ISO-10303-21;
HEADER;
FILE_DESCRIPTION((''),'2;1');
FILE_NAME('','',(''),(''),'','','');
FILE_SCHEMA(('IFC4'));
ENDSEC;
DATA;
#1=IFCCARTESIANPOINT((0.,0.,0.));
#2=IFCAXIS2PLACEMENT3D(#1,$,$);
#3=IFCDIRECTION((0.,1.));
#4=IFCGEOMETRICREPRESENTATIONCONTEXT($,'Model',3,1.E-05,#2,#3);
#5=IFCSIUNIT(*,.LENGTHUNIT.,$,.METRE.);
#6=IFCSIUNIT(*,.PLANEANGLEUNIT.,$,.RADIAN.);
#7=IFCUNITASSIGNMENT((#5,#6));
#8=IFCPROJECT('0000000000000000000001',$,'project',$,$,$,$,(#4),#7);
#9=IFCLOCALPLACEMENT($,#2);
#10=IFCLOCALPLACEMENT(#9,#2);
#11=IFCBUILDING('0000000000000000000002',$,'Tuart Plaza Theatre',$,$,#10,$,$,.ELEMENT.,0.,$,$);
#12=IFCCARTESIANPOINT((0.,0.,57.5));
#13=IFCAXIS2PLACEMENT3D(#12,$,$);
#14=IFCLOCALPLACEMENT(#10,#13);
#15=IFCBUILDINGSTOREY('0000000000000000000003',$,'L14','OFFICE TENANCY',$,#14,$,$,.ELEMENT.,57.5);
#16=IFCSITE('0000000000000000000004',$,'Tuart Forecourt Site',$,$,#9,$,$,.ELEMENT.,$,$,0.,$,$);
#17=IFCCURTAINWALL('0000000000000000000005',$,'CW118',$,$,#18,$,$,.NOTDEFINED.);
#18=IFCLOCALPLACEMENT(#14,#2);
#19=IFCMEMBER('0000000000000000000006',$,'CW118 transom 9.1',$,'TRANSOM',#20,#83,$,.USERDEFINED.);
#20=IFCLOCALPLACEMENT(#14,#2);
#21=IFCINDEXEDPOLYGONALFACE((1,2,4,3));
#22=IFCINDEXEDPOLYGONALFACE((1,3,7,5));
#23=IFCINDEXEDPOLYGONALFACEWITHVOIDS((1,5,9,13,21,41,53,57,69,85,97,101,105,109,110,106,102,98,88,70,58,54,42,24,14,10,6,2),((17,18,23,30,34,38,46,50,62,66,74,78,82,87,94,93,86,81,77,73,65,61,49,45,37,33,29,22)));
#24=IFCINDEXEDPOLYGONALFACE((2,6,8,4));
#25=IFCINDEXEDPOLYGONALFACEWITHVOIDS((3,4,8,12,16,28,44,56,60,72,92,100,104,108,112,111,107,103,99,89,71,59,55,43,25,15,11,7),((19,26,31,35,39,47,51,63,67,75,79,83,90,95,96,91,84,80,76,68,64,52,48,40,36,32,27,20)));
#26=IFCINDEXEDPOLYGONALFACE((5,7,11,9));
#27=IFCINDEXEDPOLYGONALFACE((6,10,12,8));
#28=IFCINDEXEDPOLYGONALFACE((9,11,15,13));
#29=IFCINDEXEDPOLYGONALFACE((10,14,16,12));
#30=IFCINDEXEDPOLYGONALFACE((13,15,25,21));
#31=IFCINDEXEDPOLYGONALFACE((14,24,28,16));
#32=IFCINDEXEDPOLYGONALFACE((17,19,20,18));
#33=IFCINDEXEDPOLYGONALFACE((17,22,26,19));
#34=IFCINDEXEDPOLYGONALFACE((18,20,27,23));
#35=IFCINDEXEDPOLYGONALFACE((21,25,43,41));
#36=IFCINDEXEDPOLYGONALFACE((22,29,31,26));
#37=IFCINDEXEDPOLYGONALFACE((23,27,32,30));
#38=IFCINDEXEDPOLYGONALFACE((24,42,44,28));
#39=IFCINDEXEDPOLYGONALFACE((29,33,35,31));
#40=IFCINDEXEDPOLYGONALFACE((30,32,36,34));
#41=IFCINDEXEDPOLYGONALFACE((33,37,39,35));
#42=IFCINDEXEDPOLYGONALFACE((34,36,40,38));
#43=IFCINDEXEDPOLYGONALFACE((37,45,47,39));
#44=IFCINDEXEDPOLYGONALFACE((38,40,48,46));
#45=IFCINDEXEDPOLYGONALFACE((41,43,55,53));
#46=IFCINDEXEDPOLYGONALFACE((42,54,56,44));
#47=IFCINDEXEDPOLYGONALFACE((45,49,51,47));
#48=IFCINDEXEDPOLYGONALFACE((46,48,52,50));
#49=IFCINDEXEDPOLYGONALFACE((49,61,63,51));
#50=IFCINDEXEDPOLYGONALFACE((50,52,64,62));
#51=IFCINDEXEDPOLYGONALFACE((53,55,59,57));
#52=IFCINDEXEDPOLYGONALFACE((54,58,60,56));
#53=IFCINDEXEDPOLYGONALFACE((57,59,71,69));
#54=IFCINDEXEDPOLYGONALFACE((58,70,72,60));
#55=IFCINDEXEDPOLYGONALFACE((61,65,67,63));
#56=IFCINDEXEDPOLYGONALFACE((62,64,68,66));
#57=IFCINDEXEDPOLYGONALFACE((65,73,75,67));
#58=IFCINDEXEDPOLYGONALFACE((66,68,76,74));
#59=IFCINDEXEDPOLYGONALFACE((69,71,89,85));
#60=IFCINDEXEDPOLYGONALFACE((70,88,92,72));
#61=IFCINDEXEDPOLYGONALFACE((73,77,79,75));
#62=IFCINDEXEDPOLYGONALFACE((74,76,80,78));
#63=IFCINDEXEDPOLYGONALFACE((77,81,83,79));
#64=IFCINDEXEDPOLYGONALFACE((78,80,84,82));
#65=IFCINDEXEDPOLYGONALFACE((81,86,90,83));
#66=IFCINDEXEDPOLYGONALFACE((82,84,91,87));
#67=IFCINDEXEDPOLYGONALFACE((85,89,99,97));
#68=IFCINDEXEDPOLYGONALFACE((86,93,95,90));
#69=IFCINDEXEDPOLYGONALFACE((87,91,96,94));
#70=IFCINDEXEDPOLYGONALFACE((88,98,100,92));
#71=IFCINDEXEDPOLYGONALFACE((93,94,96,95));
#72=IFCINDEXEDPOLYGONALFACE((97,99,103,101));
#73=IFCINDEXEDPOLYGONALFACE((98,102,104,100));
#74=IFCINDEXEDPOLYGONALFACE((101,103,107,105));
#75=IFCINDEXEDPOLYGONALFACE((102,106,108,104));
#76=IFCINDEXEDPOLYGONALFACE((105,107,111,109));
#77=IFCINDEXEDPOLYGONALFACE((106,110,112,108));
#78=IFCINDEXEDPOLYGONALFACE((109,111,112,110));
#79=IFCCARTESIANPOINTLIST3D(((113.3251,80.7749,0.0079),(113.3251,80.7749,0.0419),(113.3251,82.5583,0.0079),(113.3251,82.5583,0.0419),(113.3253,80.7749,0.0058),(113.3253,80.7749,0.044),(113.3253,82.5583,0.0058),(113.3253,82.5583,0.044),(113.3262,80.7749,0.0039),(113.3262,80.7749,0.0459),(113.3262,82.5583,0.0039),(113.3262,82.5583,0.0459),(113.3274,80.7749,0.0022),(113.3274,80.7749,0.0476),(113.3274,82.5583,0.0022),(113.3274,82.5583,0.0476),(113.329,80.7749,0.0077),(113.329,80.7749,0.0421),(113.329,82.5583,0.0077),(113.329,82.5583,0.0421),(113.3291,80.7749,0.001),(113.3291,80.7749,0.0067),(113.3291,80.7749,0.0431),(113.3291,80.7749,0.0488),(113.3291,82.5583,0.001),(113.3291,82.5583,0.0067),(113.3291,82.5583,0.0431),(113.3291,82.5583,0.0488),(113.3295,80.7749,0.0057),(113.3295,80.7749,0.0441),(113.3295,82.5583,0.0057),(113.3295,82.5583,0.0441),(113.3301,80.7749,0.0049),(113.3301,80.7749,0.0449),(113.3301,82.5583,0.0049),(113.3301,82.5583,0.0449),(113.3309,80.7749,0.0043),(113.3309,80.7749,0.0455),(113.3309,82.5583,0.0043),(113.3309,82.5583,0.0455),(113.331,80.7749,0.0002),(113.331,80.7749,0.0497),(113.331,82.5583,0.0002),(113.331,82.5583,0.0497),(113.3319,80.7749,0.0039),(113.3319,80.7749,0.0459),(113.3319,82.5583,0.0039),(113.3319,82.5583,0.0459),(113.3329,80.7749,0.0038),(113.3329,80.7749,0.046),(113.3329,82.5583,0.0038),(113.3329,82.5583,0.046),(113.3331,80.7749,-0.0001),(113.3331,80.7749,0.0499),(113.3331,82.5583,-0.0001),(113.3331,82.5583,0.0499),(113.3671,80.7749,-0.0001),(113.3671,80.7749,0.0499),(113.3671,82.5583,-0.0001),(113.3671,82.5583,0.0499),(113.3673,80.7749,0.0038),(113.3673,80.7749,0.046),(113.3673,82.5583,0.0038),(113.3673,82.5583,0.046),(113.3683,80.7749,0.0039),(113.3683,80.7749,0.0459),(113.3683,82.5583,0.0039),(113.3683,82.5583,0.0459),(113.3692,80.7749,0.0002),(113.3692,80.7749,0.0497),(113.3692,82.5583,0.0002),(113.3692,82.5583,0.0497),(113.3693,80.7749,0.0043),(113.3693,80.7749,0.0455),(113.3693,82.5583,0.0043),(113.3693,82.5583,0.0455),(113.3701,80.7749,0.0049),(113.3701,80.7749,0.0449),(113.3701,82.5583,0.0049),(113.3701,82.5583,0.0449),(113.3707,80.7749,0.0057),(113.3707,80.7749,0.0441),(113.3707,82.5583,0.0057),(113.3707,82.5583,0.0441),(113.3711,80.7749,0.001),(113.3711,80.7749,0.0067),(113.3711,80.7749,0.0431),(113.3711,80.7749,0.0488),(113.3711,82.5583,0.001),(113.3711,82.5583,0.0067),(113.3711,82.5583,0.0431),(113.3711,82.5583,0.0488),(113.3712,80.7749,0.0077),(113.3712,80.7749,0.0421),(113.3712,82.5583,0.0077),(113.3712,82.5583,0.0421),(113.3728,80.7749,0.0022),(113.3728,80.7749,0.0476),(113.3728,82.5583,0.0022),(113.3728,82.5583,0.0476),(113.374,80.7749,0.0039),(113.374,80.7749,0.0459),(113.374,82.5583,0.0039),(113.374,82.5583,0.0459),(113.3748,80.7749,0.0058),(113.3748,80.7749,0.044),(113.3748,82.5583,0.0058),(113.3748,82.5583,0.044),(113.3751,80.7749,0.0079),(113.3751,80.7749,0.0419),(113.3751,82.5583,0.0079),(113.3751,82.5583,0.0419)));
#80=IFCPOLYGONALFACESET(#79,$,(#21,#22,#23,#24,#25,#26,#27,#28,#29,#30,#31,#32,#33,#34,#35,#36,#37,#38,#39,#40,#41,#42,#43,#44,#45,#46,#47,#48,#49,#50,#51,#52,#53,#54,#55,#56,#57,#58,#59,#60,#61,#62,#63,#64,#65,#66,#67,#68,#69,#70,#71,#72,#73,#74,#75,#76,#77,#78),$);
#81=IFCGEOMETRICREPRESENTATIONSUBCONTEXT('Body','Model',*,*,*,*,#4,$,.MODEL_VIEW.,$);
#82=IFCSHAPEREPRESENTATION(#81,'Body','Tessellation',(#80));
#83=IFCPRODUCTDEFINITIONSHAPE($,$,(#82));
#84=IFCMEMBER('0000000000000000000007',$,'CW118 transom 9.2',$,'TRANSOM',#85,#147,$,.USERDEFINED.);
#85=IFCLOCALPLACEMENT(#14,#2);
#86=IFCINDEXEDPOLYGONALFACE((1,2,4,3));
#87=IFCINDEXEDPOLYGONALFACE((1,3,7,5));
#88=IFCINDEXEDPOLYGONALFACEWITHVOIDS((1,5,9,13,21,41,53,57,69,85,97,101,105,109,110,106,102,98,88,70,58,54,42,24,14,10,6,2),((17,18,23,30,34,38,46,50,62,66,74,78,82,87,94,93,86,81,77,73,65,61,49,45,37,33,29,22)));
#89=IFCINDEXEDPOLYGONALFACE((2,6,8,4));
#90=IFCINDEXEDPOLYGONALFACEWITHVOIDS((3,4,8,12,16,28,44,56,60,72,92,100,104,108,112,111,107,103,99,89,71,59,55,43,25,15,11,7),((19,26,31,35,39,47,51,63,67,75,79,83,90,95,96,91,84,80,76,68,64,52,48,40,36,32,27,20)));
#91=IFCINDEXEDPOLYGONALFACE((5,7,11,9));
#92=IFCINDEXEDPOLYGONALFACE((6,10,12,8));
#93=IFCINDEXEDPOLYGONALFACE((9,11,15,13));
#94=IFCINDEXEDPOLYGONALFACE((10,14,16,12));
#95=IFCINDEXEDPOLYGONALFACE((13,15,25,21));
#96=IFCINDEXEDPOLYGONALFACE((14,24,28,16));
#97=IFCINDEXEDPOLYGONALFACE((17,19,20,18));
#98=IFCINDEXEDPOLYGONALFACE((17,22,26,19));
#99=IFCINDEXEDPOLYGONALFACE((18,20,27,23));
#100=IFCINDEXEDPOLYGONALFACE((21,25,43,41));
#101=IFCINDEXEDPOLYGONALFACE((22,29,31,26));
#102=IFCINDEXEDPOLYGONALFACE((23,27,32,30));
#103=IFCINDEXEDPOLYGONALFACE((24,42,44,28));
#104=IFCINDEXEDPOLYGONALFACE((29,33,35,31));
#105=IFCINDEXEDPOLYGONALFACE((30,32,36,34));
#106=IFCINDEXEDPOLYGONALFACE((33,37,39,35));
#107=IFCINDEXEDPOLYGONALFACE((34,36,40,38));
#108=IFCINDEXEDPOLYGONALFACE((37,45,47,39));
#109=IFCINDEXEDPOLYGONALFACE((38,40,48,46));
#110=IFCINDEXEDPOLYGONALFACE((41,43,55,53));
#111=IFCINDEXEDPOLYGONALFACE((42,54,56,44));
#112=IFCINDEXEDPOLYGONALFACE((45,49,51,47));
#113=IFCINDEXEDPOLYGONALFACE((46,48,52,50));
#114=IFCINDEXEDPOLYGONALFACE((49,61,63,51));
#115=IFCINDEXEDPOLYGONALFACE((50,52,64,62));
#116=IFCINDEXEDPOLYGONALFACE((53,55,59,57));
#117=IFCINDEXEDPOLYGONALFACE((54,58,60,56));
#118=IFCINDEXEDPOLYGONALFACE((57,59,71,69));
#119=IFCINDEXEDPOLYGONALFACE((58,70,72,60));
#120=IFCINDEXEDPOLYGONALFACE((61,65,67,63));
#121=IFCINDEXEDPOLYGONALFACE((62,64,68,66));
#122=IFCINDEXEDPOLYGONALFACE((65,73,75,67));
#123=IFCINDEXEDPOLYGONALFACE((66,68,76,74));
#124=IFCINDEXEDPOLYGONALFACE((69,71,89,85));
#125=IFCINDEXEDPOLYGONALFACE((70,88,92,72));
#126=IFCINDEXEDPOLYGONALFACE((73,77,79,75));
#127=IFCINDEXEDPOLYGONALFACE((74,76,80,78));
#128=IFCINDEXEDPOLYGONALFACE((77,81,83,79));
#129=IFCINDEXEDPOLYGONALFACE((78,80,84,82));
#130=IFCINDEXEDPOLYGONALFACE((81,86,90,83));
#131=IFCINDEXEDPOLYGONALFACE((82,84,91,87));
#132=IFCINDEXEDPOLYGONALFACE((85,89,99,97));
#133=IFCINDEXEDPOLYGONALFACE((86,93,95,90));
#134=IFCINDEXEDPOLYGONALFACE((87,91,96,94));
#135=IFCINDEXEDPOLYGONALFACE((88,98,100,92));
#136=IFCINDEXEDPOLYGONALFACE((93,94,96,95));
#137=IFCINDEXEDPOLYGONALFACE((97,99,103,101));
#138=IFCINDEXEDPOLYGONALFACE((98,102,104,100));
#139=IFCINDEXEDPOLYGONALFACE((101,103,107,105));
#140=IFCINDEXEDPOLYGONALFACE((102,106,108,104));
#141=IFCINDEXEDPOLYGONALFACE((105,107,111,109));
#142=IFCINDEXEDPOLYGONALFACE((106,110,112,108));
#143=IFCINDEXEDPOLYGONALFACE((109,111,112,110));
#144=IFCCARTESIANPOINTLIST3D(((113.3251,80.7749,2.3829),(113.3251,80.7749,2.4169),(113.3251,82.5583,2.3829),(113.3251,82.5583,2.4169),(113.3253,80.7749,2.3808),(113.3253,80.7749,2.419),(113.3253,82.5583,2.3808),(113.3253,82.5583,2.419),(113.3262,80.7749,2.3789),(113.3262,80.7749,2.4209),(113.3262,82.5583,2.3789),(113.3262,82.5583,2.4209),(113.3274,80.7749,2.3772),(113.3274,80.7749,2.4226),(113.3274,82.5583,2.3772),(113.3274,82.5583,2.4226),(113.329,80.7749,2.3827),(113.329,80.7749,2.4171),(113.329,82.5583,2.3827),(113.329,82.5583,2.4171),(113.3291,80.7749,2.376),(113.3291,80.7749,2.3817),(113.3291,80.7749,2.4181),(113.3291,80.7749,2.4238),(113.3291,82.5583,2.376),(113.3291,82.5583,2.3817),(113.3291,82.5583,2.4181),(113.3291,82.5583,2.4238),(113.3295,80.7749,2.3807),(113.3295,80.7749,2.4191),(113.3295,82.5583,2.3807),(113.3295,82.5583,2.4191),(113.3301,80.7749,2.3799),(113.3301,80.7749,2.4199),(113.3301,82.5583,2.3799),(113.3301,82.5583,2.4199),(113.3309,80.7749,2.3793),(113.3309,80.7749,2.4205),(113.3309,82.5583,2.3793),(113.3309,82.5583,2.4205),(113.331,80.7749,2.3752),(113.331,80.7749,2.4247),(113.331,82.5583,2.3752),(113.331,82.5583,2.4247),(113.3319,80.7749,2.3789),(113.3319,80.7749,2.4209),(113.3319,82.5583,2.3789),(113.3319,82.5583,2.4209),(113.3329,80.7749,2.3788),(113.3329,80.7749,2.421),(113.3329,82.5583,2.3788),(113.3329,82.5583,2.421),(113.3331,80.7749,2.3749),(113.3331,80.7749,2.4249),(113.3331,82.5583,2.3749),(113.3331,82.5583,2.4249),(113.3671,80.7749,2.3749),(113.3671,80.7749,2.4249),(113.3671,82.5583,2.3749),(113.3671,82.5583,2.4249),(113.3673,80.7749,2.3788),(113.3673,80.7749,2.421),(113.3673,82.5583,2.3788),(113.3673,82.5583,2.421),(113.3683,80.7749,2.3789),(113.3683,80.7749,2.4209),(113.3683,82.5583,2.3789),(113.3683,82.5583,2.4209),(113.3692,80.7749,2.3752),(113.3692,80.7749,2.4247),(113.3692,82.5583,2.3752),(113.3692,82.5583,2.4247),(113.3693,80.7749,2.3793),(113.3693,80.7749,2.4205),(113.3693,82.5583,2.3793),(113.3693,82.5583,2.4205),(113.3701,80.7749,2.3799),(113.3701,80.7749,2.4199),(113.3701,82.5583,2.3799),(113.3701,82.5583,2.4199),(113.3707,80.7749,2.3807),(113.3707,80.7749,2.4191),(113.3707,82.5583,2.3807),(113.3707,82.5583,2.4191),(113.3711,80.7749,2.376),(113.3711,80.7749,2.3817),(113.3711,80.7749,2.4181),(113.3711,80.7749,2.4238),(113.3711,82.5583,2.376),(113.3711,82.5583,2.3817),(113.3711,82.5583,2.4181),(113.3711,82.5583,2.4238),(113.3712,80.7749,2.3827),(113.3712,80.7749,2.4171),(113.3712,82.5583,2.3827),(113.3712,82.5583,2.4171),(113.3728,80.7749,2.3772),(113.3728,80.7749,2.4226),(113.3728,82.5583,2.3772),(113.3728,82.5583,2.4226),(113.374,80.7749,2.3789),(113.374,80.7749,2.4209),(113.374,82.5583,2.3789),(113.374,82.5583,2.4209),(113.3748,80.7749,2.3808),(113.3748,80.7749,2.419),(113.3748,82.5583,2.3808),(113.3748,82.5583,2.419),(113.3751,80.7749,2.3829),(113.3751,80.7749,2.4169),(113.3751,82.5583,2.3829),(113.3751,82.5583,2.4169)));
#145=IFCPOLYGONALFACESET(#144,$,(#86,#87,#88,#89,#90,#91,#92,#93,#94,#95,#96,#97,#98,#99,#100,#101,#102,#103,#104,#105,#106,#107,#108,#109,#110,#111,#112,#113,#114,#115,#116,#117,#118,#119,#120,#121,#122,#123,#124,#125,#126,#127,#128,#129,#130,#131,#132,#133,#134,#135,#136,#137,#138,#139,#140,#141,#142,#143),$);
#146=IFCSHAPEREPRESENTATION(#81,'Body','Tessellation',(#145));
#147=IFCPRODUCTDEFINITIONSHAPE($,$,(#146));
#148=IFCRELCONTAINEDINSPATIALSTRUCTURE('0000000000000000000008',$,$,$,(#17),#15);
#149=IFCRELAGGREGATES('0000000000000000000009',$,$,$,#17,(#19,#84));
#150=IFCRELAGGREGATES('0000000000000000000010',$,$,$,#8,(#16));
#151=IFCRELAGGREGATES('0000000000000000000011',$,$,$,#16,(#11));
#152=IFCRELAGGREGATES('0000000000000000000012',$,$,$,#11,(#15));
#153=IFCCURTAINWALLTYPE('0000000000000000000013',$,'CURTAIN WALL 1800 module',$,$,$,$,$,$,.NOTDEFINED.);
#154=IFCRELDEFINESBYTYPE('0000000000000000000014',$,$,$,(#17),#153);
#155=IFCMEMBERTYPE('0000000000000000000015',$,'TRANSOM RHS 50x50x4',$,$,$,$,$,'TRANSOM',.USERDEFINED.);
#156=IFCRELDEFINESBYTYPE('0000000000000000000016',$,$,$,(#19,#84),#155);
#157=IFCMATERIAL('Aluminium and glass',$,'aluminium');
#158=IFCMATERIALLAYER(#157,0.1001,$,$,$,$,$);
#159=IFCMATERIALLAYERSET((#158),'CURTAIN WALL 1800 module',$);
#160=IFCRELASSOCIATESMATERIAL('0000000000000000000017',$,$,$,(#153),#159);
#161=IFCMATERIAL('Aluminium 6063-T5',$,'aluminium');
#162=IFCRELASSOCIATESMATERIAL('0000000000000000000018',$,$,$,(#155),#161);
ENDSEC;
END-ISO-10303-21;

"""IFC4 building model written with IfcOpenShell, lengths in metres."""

from ifc_helpers import new_model, si_unit, direction, frame, origin, origin_2d, place, context, subcontext, project, spatial, hollow_rectangle, extrude, material, layer, layer_set, material_profile, profile_set, type_object, element, aggregate, save


model = new_model("IFC4")

# Units and contexts
model_context = context("Model", 3, precision=1e-05, world=origin(), true_north=direction((0.0, 1.0)))
body_context = subcontext(model_context, "Body", "Model", "MODEL_VIEW")
ifc_project = project(units=[si_unit("LENGTHUNIT", "METRE"), si_unit("PLANEANGLEUNIT", "RADIAN")], contexts=[model_context])

# Site, building, storey
site_placement = place(None, origin())
site = spatial("IfcSite", under=ifc_project, at=site_placement, Name="Tuart Forecourt Site", CompositionType="ELEMENT", RefElevation=0.0)
building_placement = place(site_placement, origin())
building = spatial("IfcBuilding", under=site, at=building_placement, Name="Tuart Plaza Theatre", CompositionType="ELEMENT", ElevationOfRefHeight=0.0)
storey_placement = place(building_placement, frame((0.0, 0.0, 57.5)))
storey = spatial("IfcBuildingStorey", under=building, at=storey_placement, Name="L14", Description="OFFICE TENANCY", CompositionType="ELEMENT", Elevation=57.5)

# Curtain wall, members
ifc_material_1 = material(Name="Aluminium and glass", Category="aluminium")
ifc_layer_1 = layer(ifc_material_1, 0.1001)
ifc_layer_set_1 = layer_set([ifc_layer_1], Name="CURTAIN WALL 1800 module")
curtain_wall_type = type_object("IfcCurtainWallType", Name="CURTAIN WALL 1800 module", PredefinedType="NOTDEFINED", material=ifc_layer_set_1)
curtain_wall_placement = place(storey_placement, origin())
curtain_wall = element("IfcCurtainWall", 1, at=curtain_wall_placement, inside=storey, type_object=curtain_wall_type, Name="CW118", PredefinedType="NOTDEFINED")
ifc_material_2 = material(Name="Aluminium 6063-T5", Category="aluminium")
ifc_material_profile = material_profile(ifc_material_2, hollow_rectangle(XDim=0.05, YDim=0.05, WallThickness=0.0039, InnerFilletRadius=0.0039, OuterFilletRadius=0.0081, at=origin_2d()), Name="RHS 50x50x4")
ifc_profile_set = profile_set([ifc_material_profile], Name="Aluminium 6063-T5")
member_type = type_object("IfcMemberType", Name="TRANSOM RHS 50x50x4", ElementType="TRANSOM", PredefinedType="USERDEFINED", material=ifc_profile_set)
member_1_placement = place(storey_placement, frame((113.3501, 82.5583, 0.0249), z_axis=(0.0, -1.0, 0.0), x_axis=(1.0, 0.0, 0.0)))
member_1 = element("IfcMember", 2, at=member_1_placement, type_object=member_type, Name="CW118 transom 9.1", ObjectType="TRANSOM", PredefinedType="USERDEFINED", context=body_context, shape_type="SweptSolid", body=[
    extrude(hollow_rectangle(XDim=0.05, YDim=0.05, WallThickness=0.0039, InnerFilletRadius=0.0039, OuterFilletRadius=0.0081, at=origin_2d()), origin(), (0.0, 0.0, 1.0), 1.7834),
])
member_2_placement = place(storey_placement, frame((113.3501, 82.5583, 2.3999), z_axis=(0.0, -1.0, 0.0), x_axis=(1.0, 0.0, 0.0)))
member_2 = element("IfcMember", 3, at=member_2_placement, type_object=member_type, Name="CW118 transom 9.2", ObjectType="TRANSOM", PredefinedType="USERDEFINED", context=body_context, shape_type="SweptSolid", body=[
    extrude(hollow_rectangle(XDim=0.05, YDim=0.05, WallThickness=0.0039, InnerFilletRadius=0.0039, OuterFilletRadius=0.0081, at=origin_2d()), origin(), (0.0, 0.0, 1.0), 1.7834),
])
aggregate(curtain_wall, [member_1, member_2])

save(model, "model.ifc")
